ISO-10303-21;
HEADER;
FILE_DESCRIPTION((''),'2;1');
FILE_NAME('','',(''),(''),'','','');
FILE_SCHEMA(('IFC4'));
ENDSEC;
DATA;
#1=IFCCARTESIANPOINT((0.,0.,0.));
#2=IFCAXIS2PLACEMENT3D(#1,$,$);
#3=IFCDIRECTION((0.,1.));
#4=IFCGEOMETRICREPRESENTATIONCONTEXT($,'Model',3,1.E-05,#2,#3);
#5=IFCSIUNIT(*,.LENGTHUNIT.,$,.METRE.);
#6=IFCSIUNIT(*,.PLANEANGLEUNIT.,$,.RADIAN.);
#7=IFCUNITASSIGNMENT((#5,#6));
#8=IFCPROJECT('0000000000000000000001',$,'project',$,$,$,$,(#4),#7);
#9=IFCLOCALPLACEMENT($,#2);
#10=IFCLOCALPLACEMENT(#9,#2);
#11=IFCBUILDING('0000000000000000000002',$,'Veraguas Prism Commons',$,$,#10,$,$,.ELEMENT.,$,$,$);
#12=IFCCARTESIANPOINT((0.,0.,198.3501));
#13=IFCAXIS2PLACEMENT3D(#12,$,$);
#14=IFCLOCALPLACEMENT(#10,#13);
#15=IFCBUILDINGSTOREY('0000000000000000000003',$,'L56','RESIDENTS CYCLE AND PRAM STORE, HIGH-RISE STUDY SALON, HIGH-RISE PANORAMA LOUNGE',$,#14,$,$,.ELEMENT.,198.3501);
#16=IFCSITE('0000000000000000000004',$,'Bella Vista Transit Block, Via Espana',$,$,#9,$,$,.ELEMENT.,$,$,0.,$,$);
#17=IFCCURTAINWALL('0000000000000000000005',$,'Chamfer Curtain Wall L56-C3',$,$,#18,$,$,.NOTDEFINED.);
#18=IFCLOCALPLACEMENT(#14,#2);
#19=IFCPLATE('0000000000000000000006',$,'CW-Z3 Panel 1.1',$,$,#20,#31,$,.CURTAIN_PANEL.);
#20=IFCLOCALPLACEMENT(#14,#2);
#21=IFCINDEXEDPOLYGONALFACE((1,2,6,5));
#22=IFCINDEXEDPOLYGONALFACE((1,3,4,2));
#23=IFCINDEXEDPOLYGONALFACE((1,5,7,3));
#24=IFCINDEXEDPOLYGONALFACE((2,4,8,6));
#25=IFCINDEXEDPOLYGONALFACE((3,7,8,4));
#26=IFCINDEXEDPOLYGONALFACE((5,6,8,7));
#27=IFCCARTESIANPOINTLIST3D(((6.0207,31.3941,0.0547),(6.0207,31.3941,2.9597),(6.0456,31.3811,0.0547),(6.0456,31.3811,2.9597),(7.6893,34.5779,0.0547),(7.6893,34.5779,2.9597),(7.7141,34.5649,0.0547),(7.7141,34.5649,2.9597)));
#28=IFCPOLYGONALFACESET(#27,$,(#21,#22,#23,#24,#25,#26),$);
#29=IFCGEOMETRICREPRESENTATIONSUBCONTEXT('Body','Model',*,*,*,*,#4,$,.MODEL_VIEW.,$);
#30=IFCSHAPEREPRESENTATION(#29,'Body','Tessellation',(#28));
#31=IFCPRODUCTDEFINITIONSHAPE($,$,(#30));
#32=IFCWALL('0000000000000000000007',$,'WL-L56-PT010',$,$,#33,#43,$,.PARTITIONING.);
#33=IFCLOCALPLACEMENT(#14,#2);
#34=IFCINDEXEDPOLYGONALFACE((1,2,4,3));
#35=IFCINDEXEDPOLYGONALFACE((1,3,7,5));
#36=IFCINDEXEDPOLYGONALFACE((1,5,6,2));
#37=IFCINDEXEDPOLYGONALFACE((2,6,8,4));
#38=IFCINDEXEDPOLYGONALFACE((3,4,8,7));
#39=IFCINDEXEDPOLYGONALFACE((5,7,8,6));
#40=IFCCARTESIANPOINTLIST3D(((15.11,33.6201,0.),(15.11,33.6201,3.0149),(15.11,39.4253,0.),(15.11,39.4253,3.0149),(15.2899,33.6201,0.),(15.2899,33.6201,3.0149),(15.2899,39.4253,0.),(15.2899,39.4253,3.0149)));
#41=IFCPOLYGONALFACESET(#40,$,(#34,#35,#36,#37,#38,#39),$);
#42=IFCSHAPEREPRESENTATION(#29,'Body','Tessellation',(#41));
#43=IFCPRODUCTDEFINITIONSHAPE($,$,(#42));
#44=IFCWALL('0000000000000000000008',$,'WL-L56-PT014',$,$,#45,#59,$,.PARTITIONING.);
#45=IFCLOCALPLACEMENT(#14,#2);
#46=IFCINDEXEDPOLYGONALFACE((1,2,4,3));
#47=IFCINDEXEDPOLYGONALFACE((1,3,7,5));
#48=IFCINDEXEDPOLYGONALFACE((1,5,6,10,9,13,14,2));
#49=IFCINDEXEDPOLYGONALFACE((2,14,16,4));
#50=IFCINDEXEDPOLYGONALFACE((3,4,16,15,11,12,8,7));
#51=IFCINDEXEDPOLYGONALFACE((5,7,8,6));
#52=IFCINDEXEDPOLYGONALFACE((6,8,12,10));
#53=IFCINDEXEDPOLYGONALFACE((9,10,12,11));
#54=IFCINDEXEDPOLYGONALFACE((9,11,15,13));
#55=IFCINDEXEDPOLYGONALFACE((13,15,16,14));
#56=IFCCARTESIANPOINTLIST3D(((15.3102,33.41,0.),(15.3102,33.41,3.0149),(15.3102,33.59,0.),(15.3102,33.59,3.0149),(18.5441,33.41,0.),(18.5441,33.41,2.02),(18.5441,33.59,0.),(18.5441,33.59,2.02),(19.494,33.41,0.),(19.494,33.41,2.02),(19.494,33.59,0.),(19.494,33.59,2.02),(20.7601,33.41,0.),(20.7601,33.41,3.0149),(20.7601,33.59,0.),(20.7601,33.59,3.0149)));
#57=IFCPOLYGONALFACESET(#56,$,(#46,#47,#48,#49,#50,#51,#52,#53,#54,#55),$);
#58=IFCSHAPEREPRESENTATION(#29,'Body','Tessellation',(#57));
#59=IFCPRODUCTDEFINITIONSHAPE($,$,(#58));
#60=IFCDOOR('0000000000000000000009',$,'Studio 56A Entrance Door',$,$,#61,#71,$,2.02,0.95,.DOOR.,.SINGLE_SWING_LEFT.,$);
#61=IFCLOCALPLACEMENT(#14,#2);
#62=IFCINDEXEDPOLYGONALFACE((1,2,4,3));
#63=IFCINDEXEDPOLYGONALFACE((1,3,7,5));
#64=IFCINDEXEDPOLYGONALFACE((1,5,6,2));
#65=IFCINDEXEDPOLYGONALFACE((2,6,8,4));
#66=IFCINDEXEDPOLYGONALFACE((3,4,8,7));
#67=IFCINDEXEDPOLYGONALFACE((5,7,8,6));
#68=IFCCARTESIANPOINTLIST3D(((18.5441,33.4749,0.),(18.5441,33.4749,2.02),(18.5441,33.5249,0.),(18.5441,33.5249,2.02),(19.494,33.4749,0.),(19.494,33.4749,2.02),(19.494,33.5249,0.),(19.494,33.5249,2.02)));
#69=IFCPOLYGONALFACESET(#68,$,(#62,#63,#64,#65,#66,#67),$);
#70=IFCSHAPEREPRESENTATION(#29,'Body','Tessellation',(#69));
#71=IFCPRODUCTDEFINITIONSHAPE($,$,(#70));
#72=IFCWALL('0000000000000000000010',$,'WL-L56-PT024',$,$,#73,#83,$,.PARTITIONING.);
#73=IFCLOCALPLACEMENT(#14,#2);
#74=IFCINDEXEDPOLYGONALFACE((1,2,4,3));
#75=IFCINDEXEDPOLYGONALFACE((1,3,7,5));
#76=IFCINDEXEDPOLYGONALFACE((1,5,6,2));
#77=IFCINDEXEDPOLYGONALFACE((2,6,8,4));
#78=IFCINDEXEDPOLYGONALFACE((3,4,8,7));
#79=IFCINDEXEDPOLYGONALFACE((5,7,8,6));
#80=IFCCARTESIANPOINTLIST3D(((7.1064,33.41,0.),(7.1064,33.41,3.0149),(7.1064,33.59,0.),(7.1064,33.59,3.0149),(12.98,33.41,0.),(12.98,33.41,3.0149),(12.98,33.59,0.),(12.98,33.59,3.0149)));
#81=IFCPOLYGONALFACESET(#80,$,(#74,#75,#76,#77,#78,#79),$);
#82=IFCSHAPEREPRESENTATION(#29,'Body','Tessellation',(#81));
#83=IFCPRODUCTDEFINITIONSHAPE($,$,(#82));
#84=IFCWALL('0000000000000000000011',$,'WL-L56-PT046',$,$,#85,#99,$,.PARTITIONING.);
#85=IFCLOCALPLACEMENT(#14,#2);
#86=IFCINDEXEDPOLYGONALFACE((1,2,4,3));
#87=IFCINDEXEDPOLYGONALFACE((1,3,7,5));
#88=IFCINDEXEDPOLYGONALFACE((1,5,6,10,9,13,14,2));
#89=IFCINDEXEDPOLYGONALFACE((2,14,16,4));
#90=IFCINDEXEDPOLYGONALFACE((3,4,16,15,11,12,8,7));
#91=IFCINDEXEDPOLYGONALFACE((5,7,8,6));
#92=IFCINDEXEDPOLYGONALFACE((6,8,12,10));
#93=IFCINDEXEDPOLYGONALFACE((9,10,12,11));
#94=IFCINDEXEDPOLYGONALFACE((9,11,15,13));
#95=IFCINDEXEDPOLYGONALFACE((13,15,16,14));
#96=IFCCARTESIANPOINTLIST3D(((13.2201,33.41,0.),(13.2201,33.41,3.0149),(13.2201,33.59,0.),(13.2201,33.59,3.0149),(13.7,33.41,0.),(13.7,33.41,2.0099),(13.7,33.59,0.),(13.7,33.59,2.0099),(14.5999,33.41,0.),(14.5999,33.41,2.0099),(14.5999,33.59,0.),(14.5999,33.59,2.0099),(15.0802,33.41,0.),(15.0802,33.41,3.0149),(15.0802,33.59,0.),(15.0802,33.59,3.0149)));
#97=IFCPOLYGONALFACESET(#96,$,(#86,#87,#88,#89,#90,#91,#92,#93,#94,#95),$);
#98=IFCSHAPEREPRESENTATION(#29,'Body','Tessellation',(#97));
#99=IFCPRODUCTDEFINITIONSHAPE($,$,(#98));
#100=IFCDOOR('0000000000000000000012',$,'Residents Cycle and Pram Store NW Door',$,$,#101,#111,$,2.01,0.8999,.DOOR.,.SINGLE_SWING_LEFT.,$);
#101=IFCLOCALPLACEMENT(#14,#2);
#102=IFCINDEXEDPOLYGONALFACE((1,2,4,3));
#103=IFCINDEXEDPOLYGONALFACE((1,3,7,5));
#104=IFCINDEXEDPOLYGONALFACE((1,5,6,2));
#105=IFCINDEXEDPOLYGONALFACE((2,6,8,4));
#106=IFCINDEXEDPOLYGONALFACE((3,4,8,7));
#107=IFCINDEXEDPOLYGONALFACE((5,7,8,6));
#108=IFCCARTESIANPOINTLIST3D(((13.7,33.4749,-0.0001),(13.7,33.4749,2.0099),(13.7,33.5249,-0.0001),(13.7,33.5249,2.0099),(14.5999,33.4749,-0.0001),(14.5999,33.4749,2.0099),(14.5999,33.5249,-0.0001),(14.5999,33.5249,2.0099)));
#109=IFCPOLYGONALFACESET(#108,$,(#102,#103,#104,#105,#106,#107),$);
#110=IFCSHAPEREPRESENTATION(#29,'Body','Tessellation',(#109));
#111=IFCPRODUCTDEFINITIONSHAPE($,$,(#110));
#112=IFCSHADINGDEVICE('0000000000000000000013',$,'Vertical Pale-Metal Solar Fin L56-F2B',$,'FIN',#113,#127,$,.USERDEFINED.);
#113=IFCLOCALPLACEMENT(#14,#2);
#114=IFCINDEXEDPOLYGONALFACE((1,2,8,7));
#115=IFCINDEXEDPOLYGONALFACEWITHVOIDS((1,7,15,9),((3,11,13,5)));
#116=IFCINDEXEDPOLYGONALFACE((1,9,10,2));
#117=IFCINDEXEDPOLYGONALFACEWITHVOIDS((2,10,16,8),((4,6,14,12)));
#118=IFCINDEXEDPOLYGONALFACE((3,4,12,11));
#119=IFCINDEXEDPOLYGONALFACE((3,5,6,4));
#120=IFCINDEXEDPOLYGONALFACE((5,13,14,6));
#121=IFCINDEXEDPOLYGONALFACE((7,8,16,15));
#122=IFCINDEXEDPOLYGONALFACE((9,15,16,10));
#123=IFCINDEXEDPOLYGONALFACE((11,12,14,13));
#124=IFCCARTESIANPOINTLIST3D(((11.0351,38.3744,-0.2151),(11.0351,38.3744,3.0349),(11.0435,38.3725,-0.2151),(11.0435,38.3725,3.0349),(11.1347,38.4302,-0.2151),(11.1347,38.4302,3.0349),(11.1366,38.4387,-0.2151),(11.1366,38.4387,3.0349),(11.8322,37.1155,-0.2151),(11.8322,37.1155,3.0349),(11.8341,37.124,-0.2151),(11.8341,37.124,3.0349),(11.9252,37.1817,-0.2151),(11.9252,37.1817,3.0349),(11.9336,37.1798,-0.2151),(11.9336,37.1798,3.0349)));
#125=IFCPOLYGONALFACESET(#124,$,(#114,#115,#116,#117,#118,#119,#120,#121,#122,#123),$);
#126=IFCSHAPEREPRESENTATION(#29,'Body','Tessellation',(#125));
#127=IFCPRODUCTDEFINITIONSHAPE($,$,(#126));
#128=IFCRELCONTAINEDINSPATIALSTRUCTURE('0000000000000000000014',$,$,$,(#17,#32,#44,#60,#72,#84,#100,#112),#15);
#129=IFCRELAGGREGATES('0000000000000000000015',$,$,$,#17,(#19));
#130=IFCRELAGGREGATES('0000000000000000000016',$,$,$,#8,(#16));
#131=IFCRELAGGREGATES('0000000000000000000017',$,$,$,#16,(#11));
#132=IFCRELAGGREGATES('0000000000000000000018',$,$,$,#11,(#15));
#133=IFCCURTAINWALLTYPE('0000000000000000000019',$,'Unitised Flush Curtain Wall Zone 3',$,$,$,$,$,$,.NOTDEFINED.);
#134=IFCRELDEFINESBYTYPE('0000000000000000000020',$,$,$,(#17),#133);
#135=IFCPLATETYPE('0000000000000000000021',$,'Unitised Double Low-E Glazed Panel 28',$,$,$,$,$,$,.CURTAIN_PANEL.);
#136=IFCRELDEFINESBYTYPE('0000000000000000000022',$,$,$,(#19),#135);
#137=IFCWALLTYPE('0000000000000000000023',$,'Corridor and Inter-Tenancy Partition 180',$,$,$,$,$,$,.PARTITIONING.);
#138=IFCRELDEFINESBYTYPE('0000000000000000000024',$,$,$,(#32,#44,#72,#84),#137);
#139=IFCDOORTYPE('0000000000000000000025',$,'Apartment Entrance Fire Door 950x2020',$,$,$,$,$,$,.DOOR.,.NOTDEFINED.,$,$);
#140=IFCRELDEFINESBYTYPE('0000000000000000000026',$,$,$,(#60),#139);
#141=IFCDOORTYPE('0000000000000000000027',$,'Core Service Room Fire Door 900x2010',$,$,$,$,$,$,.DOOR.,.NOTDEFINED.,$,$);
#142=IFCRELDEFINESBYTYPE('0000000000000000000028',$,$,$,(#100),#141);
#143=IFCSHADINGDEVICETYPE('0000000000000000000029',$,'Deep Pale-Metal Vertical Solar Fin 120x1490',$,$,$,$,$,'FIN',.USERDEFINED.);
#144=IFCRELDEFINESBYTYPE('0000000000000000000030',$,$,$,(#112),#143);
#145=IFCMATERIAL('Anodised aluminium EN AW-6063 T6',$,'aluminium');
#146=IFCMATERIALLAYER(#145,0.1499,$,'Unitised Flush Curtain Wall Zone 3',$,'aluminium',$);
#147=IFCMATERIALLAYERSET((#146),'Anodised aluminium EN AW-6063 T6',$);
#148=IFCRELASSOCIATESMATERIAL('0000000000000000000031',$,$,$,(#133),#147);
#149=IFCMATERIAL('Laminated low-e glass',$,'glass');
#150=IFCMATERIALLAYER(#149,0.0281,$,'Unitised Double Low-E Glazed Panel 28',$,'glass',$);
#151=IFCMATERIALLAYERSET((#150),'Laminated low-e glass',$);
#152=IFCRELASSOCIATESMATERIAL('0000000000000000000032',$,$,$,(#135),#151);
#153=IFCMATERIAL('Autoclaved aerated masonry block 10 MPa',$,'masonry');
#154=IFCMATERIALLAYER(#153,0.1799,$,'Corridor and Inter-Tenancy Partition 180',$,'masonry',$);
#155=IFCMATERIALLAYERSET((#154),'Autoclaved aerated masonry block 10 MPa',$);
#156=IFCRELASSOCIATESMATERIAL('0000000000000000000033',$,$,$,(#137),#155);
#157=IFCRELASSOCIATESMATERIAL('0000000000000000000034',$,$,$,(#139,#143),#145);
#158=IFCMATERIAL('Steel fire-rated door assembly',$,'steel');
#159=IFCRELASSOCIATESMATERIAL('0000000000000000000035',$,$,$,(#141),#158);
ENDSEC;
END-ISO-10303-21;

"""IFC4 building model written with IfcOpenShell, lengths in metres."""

from ifc_helpers import new_model, si_unit, direction, frame, frame_2d, origin, origin_2d, place, context, subcontext, project, spatial, rectangle, hollow_rectangle, extrude, source, transform, mapped, material, layer, layer_set, material_profile, profile_set, type_object, element, fill, aggregate, save


model = new_model("IFC4")

# Units and contexts
model_context = context("Model", 3, precision=1e-05, world=origin(), true_north=direction((0.0, 1.0)))
body_context = subcontext(model_context, "Body", "Model", "MODEL_VIEW")
ifc_project = project(units=[si_unit("LENGTHUNIT", "METRE"), si_unit("PLANEANGLEUNIT", "RADIAN")], contexts=[model_context])

# Site, building, storey
site_placement = place(None, origin())
site = spatial("IfcSite", under=ifc_project, at=site_placement, Name="Bella Vista Transit Block, Via Espana", CompositionType="ELEMENT", RefElevation=0.0)
building_placement = place(site_placement, origin())
building = spatial("IfcBuilding", under=site, at=building_placement, Name="Veraguas Prism Commons", CompositionType="ELEMENT")
storey_placement = place(building_placement, frame((0.0, 0.0, 198.3501)))
storey = spatial("IfcBuildingStorey", under=building, at=storey_placement, Name="L56", Description="RESIDENTS CYCLE AND PRAM STORE, HIGH-RISE STUDY SALON, HIGH-RISE PANORAMA LOUNGE", CompositionType="ELEMENT", Elevation=198.3501)

# Curtain wall
ifc_material_1 = material(Name="Anodised aluminium EN AW-6063 T6", Category="aluminium")
ifc_layer_1 = layer(ifc_material_1, 0.1499, Name="Unitised Flush Curtain Wall Zone 3", Category="aluminium")
ifc_layer_set_1 = layer_set([ifc_layer_1], Name="Anodised aluminium EN AW-6063 T6")
curtain_wall_type = type_object("IfcCurtainWallType", Name="Unitised Flush Curtain Wall Zone 3", PredefinedType="NOTDEFINED", material=ifc_layer_set_1)
curtain_wall_1_placement = place(storey_placement, origin())
curtain_wall_1 = element("IfcCurtainWall", 1, at=curtain_wall_1_placement, inside=storey, type_object=curtain_wall_type, Name="Chamfer Curtain Wall L56-C3", PredefinedType="NOTDEFINED")

# Plate
ifc_material_2 = material(Name="Laminated low-e glass", Category="glass")
ifc_layer_2 = layer(ifc_material_2, 0.0281, Name="Unitised Double Low-E Glazed Panel 28", Category="glass")
ifc_layer_set_2 = layer_set([ifc_layer_2], Name="Laminated low-e glass")
plate_type = type_object("IfcPlateType", Name="Unitised Double Low-E Glazed Panel 28", PredefinedType="CURTAIN_PANEL", material=ifc_layer_set_2)
shared_shape_1 = source(origin(), body_context, "Body", "SweptSolid", [
    extrude(rectangle(XDim=3.5945, YDim=0.0281, at=origin_2d()), origin(), (0.0, 0.0, 1.0), 2.905),
])
plate_1_placement = place(storey_placement, frame((6.8674, 32.9795, 0.0547), z_axis=(0.0, 0.0, 1.0), x_axis=(-0.46419, -0.885736, 0.0)))
plate_1 = element("IfcPlate", 2, at=plate_1_placement, type_object=plate_type, Name="CW-Z3 Panel 1.1", PredefinedType="CURTAIN_PANEL", context=body_context, shape_type="MappedRepresentation", body=[
    mapped(shared_shape_1, transform((0.0, 0.0, 0.0), scale=1.0)),
])
aggregate(curtain_wall_1, [plate_1])

# Wall
ifc_material_3 = material(Name="Autoclaved aerated masonry block 10 MPa", Category="masonry")
ifc_layer_3 = layer(ifc_material_3, 0.1799, Name="Corridor and Inter-Tenancy Partition 180", Category="masonry")
ifc_layer_set_3 = layer_set([ifc_layer_3], Name="Autoclaved aerated masonry block 10 MPa")
wall_type = type_object("IfcWallType", Name="Corridor and Inter-Tenancy Partition 180", PredefinedType="PARTITIONING", material=ifc_layer_set_3)
wall_1_placement = place(storey_placement, frame((15.2, 33.6201, 0.0), z_axis=(0.0, 0.0, 1.0), x_axis=(0.0, 1.0, 0.0)))
element("IfcWall", 3, at=wall_1_placement, inside=storey, type_object=wall_type, Name="WL-L56-PT010", PredefinedType="PARTITIONING", context=body_context, shape_type="SweptSolid", body=[
    extrude(rectangle(XDim=5.8052, YDim=0.1799, at=frame_2d((2.9026, 0.0))), origin(), (0.0, 0.0, 1.0), 3.0149),
])

# Wall, opening, door
wall_2_placement = place(storey_placement, frame((15.3101, 33.5, 0.0), z_axis=(0.0, 0.0, 1.0), x_axis=(1.0, 0.0, 0.0)))
wall_2 = element("IfcWall", 4, at=wall_2_placement, inside=storey, type_object=wall_type, Name="WL-L56-PT014", PredefinedType="PARTITIONING", context=body_context, shape_type="SweptSolid", body=[
    extrude(rectangle(XDim=5.45, YDim=0.1799, at=frame_2d((2.7251, 0.0))), origin(), (0.0, 0.0, 1.0), 3.0149),
])
opening_1_placement = place(wall_2_placement, frame((3.2339, 0.0, 0.0)))
opening_1 = element("IfcOpeningElement", 5, at=opening_1_placement, cuts=wall_2, PredefinedType="OPENING", context=body_context, shape_type="SweptSolid", body=[
    extrude(rectangle(XDim=0.95, YDim=2.02, at=frame_2d((0.4751, 1.01))), frame((0.0, 0.0999, 0.0), z_axis=(0.0, -1.0, 0.0), x_axis=(1.0, 0.0, 0.0)), (0.0, 0.0, 1.0), 0.2),
])
door_type_1 = type_object("IfcDoorType", Name="Apartment Entrance Fire Door 950x2020", OperationType="NOTDEFINED", PredefinedType="DOOR", material=ifc_material_1)
shared_shape_2 = source(origin(), body_context, "Body", "SweptSolid", [
    extrude(rectangle(XDim=0.95, YDim=2.02, at=frame_2d((0.4751, 1.01))), frame((0.0, 0.0249, 0.0), z_axis=(0.0, -1.0, 0.0), x_axis=(1.0, 0.0, 0.0)), (0.0, 0.0, 1.0), 0.05),
])
door_1_placement = place(opening_1_placement, origin())
door_1 = element("IfcDoor", 6, at=door_1_placement, inside=storey, type_object=door_type_1, Name="Studio 56A Entrance Door", OperationType="SINGLE_SWING_LEFT", OverallHeight=2.02, OverallWidth=0.95, PredefinedType="DOOR", context=body_context, shape_type="MappedRepresentation", body=[
    mapped(shared_shape_2, transform((0.0, 0.0, 0.0), scale=1.0)),
])
fill(opening_1, door_1)

# Wall
wall_3_placement = place(storey_placement, frame((12.98, 33.5, 0.0), z_axis=(0.0, 0.0, 1.0), x_axis=(-1.0, 0.0, 0.0)))
element("IfcWall", 7, at=wall_3_placement, inside=storey, type_object=wall_type, Name="WL-L56-PT024", PredefinedType="PARTITIONING", context=body_context, shape_type="SweptSolid", body=[
    extrude(rectangle(XDim=5.8735, YDim=0.1799, at=frame_2d((2.9368, 0.0))), origin(), (0.0, 0.0, 1.0), 3.0149),
])

# Wall, opening, door
wall_4_placement = place(storey_placement, frame((13.22, 33.5, 0.0), z_axis=(0.0, 0.0, 1.0), x_axis=(1.0, 0.0, 0.0)))
wall_4 = element("IfcWall", 8, at=wall_4_placement, inside=storey, type_object=wall_type, Name="WL-L56-PT046", PredefinedType="PARTITIONING", context=body_context, shape_type="SweptSolid", body=[
    extrude(rectangle(XDim=1.8601, YDim=0.1799, at=frame_2d((0.9302, 0.0))), origin(), (0.0, 0.0, 1.0), 3.0149),
])
opening_2_placement = place(wall_4_placement, frame((0.48, 0.0, 0.0)))
opening_2 = element("IfcOpeningElement", 9, at=opening_2_placement, cuts=wall_4, PredefinedType="OPENING", context=body_context, shape_type="SweptSolid", body=[
    extrude(rectangle(XDim=0.8999, YDim=2.01, at=frame_2d((0.45, 1.0049))), frame((0.0, 0.0999, 0.0), z_axis=(0.0, -1.0, 0.0), x_axis=(1.0, 0.0, 0.0)), (0.0, 0.0, 1.0), 0.2),
])
ifc_material_4 = material(Name="Steel fire-rated door assembly", Category="steel")
door_type_2 = type_object("IfcDoorType", Name="Core Service Room Fire Door 900x2010", OperationType="NOTDEFINED", PredefinedType="DOOR", material=ifc_material_4)
shared_shape_3 = source(origin(), body_context, "Body", "SweptSolid", [
    extrude(rectangle(XDim=0.8999, YDim=2.01, at=frame_2d((0.45, 1.0049))), frame((0.0, 0.0249, 0.0), z_axis=(0.0, -1.0, 0.0), x_axis=(1.0, 0.0, 0.0)), (0.0, 0.0, 1.0), 0.05),
])
door_2_placement = place(opening_2_placement, origin())
door_2 = element("IfcDoor", 10, at=door_2_placement, inside=storey, type_object=door_type_2, Name="Residents Cycle and Pram Store NW Door", OperationType="SINGLE_SWING_LEFT", OverallHeight=2.01, OverallWidth=0.8999, PredefinedType="DOOR", context=body_context, shape_type="MappedRepresentation", body=[
    mapped(shared_shape_3, transform((0.0, 0.0, 0.0), scale=1.0)),
])
fill(opening_2, door_2)

# Shading device
ifc_material_profile_1 = material_profile(ifc_material_1, hollow_rectangle(XDim=0.1201, YDim=1.49, WallThickness=0.0061, at=origin_2d()), Name="FIN120X1490X6")
ifc_profile_set_1 = profile_set([ifc_material_profile_1], Name="Anodised aluminium EN AW-6063 T6")
shading_device_type = type_object("IfcShadingDeviceType", Name="Deep Pale-Metal Vertical Solar Fin 120x1490", ElementType="FIN", PredefinedType="USERDEFINED", material=ifc_profile_set_1)
shading_device_placement = place(storey_placement, frame((11.4844, 37.7771, -0.2151), z_axis=(0.0, 0.0, 1.0), x_axis=(-0.844887, -0.534945, 0.0)))
element("IfcShadingDevice", 11, at=shading_device_placement, inside=storey, type_object=shading_device_type, Name="Vertical Pale-Metal Solar Fin L56-F2B", ObjectType="FIN", PredefinedType="USERDEFINED", context=body_context, shape_type="SweptSolid", body=[
    extrude(hollow_rectangle(XDim=0.1201, YDim=1.49, WallThickness=0.0061, at=origin_2d()), origin(), (0.0, 0.0, 1.0), 3.25),
])

save(model, "model.ifc")
